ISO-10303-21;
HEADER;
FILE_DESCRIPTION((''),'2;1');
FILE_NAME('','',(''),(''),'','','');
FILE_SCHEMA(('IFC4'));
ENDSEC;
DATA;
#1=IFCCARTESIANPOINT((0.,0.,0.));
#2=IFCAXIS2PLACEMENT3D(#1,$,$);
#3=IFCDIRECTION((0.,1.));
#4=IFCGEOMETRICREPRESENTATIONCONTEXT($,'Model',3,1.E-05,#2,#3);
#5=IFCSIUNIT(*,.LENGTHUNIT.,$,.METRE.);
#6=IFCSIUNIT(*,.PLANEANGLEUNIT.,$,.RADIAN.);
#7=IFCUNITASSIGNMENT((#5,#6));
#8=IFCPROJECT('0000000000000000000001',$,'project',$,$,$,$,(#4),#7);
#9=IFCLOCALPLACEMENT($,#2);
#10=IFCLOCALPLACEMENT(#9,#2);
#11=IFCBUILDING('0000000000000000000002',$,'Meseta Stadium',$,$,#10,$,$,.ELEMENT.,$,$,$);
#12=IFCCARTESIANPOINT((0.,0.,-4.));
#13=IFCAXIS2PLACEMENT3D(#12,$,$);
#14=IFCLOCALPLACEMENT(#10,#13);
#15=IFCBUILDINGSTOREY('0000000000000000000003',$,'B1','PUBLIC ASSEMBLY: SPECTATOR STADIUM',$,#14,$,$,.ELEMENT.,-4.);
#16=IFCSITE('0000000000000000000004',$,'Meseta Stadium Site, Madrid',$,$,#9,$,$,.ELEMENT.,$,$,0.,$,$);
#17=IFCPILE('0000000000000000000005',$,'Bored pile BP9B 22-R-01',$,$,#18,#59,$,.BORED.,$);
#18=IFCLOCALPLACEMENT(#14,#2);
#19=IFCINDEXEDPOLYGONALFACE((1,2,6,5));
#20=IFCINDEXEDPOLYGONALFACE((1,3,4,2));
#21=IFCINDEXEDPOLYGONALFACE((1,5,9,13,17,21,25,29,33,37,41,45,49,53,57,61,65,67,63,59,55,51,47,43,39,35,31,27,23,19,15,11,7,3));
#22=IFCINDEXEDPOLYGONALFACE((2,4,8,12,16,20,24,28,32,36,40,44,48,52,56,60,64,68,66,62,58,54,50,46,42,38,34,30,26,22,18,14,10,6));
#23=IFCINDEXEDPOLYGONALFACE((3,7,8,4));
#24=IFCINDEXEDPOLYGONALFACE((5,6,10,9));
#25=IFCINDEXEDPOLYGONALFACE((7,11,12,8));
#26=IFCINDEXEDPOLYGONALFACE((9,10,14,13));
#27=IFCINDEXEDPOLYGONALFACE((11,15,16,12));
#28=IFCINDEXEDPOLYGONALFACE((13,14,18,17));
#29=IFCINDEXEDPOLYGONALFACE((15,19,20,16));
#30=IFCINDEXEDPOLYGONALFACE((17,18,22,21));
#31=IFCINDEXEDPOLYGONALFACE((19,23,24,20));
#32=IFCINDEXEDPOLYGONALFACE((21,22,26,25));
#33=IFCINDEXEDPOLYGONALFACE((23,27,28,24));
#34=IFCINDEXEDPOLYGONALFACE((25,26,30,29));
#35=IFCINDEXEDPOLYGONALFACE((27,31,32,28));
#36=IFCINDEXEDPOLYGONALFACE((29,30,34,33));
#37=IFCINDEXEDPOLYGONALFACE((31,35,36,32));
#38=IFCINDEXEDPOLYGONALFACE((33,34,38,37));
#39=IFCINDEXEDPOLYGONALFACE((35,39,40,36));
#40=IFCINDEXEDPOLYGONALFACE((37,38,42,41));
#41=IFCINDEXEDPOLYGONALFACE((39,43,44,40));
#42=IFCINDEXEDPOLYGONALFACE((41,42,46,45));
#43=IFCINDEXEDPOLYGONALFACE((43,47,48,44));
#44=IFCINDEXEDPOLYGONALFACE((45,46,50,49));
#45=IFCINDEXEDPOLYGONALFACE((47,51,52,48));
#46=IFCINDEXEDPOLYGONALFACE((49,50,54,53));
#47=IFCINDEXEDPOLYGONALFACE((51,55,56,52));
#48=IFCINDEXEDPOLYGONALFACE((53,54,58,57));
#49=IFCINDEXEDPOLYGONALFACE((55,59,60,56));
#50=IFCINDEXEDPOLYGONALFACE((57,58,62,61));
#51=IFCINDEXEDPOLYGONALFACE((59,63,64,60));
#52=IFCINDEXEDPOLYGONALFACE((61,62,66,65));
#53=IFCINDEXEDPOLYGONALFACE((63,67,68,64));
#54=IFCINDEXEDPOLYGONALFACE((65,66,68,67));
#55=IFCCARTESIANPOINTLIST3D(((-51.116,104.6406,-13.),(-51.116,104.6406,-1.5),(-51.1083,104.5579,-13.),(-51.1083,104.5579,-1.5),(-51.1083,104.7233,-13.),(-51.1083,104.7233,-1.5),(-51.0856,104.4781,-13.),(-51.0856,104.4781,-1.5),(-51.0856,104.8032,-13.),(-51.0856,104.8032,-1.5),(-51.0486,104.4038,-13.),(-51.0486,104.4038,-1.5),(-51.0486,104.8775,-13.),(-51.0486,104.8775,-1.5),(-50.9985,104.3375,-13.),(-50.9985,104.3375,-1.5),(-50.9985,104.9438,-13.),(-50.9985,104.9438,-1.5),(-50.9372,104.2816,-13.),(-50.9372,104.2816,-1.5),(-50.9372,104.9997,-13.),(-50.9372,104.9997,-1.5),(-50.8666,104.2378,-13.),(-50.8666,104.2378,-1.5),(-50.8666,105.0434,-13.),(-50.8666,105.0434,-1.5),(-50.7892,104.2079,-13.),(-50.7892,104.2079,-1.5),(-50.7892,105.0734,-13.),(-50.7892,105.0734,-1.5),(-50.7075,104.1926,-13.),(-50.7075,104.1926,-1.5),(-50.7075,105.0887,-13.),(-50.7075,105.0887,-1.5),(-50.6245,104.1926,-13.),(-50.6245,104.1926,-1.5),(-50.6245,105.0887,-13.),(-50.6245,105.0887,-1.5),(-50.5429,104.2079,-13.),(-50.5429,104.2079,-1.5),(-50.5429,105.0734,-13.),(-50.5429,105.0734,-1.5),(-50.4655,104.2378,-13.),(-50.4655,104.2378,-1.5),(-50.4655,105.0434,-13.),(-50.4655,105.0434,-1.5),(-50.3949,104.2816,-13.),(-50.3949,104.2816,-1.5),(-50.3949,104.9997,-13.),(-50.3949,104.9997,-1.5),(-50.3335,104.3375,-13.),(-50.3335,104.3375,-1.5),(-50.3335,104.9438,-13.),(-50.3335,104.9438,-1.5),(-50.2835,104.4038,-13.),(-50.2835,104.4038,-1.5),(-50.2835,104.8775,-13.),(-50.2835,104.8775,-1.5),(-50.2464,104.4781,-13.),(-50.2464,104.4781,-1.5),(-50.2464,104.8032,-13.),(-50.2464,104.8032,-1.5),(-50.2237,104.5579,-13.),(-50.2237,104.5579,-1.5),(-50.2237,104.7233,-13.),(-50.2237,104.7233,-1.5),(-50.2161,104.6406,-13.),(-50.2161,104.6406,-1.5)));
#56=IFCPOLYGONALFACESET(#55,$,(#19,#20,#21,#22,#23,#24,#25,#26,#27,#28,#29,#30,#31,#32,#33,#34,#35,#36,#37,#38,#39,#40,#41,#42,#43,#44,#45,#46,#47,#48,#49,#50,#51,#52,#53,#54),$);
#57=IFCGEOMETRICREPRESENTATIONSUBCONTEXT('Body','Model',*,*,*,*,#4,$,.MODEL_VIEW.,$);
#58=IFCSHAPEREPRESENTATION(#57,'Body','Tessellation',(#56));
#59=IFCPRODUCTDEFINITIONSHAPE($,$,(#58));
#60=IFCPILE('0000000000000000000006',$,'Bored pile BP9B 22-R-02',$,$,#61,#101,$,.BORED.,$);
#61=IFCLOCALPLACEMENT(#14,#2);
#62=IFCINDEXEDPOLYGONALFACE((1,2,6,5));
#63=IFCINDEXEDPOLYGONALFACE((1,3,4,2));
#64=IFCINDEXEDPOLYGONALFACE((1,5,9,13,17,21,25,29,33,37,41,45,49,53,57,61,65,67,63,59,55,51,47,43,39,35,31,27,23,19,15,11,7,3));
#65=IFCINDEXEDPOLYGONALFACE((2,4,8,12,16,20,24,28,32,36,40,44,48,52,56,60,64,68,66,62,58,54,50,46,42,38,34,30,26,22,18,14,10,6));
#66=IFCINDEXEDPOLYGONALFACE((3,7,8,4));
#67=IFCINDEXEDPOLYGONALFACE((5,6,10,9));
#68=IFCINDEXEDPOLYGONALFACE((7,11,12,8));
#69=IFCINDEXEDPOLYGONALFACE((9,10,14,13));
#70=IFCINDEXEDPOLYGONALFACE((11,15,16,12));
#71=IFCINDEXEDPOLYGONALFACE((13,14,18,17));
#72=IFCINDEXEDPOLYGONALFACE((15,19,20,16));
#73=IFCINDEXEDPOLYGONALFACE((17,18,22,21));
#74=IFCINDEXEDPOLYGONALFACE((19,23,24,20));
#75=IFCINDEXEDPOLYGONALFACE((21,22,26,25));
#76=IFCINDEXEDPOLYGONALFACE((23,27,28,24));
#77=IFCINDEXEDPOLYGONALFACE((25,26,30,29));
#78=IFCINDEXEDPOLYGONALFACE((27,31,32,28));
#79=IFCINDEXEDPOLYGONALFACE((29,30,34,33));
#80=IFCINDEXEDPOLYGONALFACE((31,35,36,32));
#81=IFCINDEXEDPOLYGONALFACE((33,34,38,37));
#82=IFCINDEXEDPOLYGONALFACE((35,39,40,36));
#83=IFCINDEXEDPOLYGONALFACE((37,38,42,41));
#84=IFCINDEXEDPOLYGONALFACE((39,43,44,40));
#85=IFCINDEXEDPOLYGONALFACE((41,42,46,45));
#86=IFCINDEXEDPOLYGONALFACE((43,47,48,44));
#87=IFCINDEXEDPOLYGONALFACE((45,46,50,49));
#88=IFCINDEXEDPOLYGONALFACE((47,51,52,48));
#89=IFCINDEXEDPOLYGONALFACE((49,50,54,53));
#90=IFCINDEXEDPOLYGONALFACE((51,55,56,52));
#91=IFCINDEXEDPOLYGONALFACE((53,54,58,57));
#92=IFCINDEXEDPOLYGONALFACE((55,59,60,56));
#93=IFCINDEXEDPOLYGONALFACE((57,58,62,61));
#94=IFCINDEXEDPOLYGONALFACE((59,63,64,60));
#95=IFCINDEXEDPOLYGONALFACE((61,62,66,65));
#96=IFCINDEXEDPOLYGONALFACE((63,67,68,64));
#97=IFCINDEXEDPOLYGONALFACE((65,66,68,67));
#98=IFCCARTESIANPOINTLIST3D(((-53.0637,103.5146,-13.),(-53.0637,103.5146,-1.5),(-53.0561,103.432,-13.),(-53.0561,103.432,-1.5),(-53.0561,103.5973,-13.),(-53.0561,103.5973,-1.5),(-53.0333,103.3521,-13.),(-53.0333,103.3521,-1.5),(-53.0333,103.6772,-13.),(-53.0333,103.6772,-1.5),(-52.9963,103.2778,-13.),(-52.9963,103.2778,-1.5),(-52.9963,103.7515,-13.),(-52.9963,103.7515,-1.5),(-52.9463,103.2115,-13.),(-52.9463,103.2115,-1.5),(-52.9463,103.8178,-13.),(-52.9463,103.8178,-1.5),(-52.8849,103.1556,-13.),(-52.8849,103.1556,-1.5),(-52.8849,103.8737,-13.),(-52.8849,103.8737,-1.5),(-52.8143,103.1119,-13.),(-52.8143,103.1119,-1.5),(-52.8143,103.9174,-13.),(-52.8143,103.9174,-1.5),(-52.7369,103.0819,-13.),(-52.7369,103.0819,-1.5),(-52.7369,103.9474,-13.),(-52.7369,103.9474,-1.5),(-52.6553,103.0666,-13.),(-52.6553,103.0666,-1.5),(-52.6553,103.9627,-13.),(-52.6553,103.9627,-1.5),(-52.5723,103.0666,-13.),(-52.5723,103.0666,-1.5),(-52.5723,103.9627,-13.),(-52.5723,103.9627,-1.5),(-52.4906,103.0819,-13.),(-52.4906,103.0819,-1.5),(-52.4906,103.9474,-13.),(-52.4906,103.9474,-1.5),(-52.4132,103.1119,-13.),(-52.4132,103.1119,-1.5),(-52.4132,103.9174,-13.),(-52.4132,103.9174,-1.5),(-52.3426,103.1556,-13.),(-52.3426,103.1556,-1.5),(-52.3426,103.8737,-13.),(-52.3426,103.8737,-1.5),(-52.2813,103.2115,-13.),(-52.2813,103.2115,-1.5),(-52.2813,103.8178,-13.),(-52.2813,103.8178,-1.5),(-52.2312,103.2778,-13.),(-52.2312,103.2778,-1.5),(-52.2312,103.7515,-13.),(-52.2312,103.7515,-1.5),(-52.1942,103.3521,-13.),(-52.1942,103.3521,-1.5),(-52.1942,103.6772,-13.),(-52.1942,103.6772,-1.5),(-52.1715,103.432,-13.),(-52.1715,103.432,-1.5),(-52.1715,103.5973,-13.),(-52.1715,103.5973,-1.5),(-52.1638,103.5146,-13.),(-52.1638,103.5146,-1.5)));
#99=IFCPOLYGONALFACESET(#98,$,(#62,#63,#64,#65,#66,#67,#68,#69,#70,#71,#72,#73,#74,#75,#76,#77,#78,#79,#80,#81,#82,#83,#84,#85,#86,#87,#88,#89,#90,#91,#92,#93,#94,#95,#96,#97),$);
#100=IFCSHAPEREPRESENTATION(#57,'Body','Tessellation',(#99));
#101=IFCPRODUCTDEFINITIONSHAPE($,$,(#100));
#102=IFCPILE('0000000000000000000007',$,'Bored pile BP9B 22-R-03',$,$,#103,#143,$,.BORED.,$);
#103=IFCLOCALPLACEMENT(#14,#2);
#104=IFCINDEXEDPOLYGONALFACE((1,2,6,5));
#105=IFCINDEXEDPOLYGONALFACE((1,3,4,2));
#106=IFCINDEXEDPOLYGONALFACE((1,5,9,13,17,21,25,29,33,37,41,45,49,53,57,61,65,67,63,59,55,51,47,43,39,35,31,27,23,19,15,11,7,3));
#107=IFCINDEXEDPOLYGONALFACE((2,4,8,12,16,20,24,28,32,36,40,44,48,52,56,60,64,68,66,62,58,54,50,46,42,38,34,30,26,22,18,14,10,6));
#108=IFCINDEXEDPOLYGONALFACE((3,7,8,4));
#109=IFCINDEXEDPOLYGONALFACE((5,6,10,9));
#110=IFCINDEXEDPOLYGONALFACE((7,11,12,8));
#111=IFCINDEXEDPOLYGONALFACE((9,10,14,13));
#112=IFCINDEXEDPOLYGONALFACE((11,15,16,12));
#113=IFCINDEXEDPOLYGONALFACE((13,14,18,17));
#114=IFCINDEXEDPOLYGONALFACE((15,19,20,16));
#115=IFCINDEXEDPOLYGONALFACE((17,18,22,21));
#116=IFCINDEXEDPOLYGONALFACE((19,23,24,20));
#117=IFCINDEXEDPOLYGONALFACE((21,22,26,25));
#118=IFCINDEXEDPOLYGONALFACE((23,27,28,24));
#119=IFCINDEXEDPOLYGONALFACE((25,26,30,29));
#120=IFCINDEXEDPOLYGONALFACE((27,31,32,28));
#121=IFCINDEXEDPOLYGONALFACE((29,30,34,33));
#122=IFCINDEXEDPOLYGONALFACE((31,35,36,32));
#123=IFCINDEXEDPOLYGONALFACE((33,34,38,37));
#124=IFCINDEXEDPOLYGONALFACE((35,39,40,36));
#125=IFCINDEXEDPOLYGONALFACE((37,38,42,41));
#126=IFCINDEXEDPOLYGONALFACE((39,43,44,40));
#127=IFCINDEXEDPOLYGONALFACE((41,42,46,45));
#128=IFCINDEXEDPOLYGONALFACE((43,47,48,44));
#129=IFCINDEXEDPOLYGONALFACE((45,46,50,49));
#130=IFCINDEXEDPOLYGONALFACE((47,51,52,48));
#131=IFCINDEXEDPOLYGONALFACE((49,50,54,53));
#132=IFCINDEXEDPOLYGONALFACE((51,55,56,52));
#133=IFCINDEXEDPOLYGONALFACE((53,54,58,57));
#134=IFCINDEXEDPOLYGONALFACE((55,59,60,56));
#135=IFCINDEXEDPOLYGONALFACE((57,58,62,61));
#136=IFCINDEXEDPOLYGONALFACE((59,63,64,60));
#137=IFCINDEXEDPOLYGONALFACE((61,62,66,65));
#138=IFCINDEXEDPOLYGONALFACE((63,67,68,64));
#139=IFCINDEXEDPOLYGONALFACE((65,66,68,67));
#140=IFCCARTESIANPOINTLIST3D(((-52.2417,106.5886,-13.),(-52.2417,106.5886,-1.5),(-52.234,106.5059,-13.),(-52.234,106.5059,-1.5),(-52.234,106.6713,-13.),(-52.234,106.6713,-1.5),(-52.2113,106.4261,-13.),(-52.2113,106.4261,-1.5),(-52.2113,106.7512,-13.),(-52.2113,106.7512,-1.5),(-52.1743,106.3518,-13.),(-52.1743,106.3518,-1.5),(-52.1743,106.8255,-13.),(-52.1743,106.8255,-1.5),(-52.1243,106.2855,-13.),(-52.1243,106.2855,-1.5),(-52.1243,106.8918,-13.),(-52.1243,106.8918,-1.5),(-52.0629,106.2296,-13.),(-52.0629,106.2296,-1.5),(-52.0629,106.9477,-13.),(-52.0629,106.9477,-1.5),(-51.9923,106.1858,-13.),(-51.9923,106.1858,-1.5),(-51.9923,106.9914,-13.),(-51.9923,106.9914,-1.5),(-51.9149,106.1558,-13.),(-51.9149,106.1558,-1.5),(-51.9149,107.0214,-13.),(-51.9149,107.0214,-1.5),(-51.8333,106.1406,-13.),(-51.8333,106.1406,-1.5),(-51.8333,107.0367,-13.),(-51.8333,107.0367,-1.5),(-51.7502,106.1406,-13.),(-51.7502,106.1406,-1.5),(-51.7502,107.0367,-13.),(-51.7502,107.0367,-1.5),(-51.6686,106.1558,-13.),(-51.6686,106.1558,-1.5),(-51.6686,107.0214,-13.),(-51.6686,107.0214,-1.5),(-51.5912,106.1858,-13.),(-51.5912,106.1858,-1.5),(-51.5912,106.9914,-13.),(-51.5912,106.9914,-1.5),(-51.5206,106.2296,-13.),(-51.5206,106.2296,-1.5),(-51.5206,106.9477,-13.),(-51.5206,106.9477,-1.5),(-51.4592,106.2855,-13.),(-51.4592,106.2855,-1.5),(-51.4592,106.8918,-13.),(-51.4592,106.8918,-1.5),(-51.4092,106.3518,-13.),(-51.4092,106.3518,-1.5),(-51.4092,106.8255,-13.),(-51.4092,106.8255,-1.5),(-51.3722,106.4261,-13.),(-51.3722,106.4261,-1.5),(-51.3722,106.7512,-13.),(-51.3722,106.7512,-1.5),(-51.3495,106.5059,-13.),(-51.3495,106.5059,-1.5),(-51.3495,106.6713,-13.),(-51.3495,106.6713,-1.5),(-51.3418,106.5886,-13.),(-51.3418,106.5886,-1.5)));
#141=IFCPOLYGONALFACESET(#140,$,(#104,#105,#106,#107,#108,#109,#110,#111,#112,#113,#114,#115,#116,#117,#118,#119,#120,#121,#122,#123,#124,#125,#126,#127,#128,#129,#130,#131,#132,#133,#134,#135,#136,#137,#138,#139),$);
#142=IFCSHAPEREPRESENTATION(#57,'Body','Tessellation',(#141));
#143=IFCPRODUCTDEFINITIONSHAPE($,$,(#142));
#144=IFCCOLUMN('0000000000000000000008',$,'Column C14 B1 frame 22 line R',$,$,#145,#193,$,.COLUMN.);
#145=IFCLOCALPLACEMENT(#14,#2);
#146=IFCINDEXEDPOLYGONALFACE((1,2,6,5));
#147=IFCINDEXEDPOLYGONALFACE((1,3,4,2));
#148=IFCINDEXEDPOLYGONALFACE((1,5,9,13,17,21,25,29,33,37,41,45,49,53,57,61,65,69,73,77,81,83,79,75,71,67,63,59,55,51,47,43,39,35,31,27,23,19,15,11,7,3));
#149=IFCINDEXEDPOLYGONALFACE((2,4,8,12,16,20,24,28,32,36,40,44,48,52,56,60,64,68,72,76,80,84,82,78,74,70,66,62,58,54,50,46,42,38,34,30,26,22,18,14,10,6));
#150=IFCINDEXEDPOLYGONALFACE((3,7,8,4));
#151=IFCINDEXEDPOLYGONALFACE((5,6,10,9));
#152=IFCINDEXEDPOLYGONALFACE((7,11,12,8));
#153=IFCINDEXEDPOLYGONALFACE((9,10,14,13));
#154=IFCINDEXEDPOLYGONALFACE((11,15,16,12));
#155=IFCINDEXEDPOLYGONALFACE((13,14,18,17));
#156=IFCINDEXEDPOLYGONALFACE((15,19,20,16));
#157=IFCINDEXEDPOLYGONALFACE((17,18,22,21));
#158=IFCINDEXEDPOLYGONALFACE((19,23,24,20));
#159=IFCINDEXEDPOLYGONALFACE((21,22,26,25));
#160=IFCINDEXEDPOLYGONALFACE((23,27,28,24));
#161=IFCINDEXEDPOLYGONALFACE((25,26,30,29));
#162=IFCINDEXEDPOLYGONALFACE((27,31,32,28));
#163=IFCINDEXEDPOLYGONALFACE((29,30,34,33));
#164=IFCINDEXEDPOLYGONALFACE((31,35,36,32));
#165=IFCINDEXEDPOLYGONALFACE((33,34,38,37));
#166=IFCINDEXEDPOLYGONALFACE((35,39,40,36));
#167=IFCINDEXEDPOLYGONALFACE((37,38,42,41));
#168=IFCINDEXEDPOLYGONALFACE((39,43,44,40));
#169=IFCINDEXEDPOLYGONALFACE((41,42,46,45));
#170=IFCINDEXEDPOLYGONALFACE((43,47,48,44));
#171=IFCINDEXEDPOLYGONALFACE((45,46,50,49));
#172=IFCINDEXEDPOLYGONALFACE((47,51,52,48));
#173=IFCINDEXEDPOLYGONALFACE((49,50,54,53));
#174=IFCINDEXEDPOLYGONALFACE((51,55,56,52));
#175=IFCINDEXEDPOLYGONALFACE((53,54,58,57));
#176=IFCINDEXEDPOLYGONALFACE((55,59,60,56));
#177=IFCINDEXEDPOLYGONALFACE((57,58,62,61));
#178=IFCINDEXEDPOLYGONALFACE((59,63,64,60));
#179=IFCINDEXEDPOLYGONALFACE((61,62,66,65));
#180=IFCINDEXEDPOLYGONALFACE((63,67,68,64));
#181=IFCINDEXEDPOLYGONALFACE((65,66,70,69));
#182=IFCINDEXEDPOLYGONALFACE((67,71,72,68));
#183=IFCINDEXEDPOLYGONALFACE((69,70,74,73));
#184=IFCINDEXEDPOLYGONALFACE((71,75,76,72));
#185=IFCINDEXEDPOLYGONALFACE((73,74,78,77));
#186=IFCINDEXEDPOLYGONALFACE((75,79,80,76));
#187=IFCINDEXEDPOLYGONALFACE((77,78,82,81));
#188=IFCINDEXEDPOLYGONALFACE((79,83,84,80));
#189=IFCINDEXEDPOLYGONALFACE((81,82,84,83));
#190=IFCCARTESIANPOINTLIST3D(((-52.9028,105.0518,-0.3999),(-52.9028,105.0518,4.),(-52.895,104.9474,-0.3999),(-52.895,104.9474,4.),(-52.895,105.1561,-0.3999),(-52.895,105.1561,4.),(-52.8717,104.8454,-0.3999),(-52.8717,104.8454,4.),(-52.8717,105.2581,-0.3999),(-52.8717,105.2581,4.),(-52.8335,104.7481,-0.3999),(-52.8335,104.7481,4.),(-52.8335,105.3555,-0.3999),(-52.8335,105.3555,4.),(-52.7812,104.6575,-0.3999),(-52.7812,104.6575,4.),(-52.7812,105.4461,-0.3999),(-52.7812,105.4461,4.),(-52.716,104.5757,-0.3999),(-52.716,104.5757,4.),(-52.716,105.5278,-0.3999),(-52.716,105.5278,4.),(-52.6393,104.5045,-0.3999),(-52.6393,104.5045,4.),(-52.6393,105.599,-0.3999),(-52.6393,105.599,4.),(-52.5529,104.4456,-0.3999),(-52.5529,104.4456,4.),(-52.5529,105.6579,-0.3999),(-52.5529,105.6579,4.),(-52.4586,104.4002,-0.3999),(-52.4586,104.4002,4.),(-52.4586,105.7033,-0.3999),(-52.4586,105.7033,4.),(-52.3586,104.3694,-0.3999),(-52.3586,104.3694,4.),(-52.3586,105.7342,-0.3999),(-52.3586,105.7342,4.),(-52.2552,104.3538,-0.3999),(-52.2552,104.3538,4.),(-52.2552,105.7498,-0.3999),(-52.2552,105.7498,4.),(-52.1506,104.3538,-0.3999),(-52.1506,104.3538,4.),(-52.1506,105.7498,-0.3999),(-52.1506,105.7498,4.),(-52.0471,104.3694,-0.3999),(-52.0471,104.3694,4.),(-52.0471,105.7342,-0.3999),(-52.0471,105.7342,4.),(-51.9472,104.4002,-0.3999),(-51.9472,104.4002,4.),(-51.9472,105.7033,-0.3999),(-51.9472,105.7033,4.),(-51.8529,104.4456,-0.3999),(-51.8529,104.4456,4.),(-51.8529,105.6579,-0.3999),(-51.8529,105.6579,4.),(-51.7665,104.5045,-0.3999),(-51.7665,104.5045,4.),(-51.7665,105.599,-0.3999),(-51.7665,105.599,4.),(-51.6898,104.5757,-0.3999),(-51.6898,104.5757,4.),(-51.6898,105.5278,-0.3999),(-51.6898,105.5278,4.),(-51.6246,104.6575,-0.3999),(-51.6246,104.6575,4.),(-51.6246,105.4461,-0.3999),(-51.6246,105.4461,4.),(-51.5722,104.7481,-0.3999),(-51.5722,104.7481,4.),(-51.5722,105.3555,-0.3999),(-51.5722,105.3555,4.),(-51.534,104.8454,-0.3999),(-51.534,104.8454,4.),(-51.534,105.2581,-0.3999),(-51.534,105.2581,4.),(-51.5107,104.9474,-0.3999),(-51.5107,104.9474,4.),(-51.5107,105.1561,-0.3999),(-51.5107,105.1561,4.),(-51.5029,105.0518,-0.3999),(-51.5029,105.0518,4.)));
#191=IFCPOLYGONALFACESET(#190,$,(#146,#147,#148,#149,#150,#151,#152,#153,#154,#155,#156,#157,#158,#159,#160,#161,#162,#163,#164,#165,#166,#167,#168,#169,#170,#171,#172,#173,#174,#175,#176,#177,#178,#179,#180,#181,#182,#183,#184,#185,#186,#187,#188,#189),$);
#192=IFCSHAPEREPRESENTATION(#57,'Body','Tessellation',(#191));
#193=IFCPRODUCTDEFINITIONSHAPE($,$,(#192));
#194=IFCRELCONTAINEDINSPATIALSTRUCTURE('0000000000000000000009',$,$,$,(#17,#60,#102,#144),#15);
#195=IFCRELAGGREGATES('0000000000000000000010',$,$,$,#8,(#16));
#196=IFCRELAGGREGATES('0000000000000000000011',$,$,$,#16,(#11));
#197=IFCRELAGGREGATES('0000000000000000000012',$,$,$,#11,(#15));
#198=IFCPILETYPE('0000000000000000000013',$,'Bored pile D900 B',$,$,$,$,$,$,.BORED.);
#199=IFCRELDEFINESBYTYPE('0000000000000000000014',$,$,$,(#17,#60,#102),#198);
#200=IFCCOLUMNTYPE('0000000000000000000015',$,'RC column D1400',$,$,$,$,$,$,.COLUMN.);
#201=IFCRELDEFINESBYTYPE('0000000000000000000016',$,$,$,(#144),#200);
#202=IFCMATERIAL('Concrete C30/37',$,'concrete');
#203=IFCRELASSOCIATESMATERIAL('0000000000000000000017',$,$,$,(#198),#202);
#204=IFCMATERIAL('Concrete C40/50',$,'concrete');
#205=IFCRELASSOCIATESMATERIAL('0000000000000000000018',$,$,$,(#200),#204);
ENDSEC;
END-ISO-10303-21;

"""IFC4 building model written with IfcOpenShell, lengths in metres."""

from ifc_helpers import new_model, si_unit, direction, frame, origin, origin_2d, place, context, subcontext, project, spatial, circle, extrude, material, material_profile, profile_set, type_object, element, save


model = new_model("IFC4")

# Units and contexts
model_context = context("Model", 3, precision=1e-05, world=origin(), true_north=direction((0.0, 1.0)))
body_context = subcontext(model_context, "Body", "Model", "MODEL_VIEW")
ifc_project = project(units=[si_unit("LENGTHUNIT", "METRE"), si_unit("PLANEANGLEUNIT", "RADIAN")], contexts=[model_context])

# Site, building, storey
site_placement = place(None, origin())
site = spatial("IfcSite", under=ifc_project, at=site_placement, Name="Meseta Stadium Site, Madrid", CompositionType="ELEMENT", RefElevation=0.0)
building_placement = place(site_placement, origin())
building = spatial("IfcBuilding", under=site, at=building_placement, Name="Meseta Stadium", CompositionType="ELEMENT")
storey_placement = place(building_placement, frame((0.0, 0.0, -4.0)))
storey = spatial("IfcBuildingStorey", under=building, at=storey_placement, Name="B1", Description="PUBLIC ASSEMBLY: SPECTATOR STADIUM", CompositionType="ELEMENT", Elevation=-4.0)

# Piles
ifc_material_1 = material(Name="Concrete C30/37", Category="concrete")
ifc_material_profile_1 = material_profile(ifc_material_1, circle(Radius=0.45, at=origin_2d()), Name="D900")
ifc_profile_set_1 = profile_set([ifc_material_profile_1], Name="Concrete C30/37")
pile_type = type_object("IfcPileType", Name="Bored pile D900 B", PredefinedType="BORED", material=ifc_profile_set_1)
for number, where, z_axis, x_axis, name in (
    (1, (-50.666, 104.6406, -1.5), (0.0, 0.0, -1.0), (1.0, 0.0, 0.0), "Bored pile BP9B 22-R-01"),
    (2, (-52.6138, 103.5146, -1.5), (0.0, 0.0, -1.0), (1.0, 0.0, 0.0), "Bored pile BP9B 22-R-02"),
    (3, (-51.7917, 106.5886, -1.5), (0.0, 0.0, -1.0), (1.0, 0.0, 0.0), "Bored pile BP9B 22-R-03"),
):
    element("IfcPile", number, at=place(storey_placement, frame(where, z_axis=z_axis, x_axis=x_axis)), inside=storey, type_object=pile_type, Name=name, PredefinedType="BORED", context=body_context, shape_type="SweptSolid", body=[
        extrude(circle(Radius=0.45, at=origin_2d()), origin(), (0.0, 0.0, 1.0), 11.5),
    ])

# Column
ifc_material_2 = material(Name="Concrete C40/50", Category="concrete")
ifc_material_profile_2 = material_profile(ifc_material_2, circle(Radius=0.7, at=origin_2d()), Name="RC D1400")
ifc_profile_set_2 = profile_set([ifc_material_profile_2], Name="Concrete C40/50")
column_type_1 = type_object("IfcColumnType", Name="RC column D1400", PredefinedType="COLUMN", material=ifc_profile_set_2)
column_1_placement = place(storey_placement, frame((-52.2029, 105.0518, -0.3999), z_axis=(0.0, 0.0, 1.0), x_axis=(1.0, 0.0, 0.0)))
element("IfcColumn", 4, at=column_1_placement, inside=storey, type_object=column_type_1, Name="Column C14 B1 frame 22 line R", PredefinedType="COLUMN", context=body_context, shape_type="SweptSolid", body=[
    extrude(circle(Radius=0.7, at=origin_2d()), origin(), (0.0, 0.0, 1.0), 4.3999),
])

save(model, "model.ifc")
